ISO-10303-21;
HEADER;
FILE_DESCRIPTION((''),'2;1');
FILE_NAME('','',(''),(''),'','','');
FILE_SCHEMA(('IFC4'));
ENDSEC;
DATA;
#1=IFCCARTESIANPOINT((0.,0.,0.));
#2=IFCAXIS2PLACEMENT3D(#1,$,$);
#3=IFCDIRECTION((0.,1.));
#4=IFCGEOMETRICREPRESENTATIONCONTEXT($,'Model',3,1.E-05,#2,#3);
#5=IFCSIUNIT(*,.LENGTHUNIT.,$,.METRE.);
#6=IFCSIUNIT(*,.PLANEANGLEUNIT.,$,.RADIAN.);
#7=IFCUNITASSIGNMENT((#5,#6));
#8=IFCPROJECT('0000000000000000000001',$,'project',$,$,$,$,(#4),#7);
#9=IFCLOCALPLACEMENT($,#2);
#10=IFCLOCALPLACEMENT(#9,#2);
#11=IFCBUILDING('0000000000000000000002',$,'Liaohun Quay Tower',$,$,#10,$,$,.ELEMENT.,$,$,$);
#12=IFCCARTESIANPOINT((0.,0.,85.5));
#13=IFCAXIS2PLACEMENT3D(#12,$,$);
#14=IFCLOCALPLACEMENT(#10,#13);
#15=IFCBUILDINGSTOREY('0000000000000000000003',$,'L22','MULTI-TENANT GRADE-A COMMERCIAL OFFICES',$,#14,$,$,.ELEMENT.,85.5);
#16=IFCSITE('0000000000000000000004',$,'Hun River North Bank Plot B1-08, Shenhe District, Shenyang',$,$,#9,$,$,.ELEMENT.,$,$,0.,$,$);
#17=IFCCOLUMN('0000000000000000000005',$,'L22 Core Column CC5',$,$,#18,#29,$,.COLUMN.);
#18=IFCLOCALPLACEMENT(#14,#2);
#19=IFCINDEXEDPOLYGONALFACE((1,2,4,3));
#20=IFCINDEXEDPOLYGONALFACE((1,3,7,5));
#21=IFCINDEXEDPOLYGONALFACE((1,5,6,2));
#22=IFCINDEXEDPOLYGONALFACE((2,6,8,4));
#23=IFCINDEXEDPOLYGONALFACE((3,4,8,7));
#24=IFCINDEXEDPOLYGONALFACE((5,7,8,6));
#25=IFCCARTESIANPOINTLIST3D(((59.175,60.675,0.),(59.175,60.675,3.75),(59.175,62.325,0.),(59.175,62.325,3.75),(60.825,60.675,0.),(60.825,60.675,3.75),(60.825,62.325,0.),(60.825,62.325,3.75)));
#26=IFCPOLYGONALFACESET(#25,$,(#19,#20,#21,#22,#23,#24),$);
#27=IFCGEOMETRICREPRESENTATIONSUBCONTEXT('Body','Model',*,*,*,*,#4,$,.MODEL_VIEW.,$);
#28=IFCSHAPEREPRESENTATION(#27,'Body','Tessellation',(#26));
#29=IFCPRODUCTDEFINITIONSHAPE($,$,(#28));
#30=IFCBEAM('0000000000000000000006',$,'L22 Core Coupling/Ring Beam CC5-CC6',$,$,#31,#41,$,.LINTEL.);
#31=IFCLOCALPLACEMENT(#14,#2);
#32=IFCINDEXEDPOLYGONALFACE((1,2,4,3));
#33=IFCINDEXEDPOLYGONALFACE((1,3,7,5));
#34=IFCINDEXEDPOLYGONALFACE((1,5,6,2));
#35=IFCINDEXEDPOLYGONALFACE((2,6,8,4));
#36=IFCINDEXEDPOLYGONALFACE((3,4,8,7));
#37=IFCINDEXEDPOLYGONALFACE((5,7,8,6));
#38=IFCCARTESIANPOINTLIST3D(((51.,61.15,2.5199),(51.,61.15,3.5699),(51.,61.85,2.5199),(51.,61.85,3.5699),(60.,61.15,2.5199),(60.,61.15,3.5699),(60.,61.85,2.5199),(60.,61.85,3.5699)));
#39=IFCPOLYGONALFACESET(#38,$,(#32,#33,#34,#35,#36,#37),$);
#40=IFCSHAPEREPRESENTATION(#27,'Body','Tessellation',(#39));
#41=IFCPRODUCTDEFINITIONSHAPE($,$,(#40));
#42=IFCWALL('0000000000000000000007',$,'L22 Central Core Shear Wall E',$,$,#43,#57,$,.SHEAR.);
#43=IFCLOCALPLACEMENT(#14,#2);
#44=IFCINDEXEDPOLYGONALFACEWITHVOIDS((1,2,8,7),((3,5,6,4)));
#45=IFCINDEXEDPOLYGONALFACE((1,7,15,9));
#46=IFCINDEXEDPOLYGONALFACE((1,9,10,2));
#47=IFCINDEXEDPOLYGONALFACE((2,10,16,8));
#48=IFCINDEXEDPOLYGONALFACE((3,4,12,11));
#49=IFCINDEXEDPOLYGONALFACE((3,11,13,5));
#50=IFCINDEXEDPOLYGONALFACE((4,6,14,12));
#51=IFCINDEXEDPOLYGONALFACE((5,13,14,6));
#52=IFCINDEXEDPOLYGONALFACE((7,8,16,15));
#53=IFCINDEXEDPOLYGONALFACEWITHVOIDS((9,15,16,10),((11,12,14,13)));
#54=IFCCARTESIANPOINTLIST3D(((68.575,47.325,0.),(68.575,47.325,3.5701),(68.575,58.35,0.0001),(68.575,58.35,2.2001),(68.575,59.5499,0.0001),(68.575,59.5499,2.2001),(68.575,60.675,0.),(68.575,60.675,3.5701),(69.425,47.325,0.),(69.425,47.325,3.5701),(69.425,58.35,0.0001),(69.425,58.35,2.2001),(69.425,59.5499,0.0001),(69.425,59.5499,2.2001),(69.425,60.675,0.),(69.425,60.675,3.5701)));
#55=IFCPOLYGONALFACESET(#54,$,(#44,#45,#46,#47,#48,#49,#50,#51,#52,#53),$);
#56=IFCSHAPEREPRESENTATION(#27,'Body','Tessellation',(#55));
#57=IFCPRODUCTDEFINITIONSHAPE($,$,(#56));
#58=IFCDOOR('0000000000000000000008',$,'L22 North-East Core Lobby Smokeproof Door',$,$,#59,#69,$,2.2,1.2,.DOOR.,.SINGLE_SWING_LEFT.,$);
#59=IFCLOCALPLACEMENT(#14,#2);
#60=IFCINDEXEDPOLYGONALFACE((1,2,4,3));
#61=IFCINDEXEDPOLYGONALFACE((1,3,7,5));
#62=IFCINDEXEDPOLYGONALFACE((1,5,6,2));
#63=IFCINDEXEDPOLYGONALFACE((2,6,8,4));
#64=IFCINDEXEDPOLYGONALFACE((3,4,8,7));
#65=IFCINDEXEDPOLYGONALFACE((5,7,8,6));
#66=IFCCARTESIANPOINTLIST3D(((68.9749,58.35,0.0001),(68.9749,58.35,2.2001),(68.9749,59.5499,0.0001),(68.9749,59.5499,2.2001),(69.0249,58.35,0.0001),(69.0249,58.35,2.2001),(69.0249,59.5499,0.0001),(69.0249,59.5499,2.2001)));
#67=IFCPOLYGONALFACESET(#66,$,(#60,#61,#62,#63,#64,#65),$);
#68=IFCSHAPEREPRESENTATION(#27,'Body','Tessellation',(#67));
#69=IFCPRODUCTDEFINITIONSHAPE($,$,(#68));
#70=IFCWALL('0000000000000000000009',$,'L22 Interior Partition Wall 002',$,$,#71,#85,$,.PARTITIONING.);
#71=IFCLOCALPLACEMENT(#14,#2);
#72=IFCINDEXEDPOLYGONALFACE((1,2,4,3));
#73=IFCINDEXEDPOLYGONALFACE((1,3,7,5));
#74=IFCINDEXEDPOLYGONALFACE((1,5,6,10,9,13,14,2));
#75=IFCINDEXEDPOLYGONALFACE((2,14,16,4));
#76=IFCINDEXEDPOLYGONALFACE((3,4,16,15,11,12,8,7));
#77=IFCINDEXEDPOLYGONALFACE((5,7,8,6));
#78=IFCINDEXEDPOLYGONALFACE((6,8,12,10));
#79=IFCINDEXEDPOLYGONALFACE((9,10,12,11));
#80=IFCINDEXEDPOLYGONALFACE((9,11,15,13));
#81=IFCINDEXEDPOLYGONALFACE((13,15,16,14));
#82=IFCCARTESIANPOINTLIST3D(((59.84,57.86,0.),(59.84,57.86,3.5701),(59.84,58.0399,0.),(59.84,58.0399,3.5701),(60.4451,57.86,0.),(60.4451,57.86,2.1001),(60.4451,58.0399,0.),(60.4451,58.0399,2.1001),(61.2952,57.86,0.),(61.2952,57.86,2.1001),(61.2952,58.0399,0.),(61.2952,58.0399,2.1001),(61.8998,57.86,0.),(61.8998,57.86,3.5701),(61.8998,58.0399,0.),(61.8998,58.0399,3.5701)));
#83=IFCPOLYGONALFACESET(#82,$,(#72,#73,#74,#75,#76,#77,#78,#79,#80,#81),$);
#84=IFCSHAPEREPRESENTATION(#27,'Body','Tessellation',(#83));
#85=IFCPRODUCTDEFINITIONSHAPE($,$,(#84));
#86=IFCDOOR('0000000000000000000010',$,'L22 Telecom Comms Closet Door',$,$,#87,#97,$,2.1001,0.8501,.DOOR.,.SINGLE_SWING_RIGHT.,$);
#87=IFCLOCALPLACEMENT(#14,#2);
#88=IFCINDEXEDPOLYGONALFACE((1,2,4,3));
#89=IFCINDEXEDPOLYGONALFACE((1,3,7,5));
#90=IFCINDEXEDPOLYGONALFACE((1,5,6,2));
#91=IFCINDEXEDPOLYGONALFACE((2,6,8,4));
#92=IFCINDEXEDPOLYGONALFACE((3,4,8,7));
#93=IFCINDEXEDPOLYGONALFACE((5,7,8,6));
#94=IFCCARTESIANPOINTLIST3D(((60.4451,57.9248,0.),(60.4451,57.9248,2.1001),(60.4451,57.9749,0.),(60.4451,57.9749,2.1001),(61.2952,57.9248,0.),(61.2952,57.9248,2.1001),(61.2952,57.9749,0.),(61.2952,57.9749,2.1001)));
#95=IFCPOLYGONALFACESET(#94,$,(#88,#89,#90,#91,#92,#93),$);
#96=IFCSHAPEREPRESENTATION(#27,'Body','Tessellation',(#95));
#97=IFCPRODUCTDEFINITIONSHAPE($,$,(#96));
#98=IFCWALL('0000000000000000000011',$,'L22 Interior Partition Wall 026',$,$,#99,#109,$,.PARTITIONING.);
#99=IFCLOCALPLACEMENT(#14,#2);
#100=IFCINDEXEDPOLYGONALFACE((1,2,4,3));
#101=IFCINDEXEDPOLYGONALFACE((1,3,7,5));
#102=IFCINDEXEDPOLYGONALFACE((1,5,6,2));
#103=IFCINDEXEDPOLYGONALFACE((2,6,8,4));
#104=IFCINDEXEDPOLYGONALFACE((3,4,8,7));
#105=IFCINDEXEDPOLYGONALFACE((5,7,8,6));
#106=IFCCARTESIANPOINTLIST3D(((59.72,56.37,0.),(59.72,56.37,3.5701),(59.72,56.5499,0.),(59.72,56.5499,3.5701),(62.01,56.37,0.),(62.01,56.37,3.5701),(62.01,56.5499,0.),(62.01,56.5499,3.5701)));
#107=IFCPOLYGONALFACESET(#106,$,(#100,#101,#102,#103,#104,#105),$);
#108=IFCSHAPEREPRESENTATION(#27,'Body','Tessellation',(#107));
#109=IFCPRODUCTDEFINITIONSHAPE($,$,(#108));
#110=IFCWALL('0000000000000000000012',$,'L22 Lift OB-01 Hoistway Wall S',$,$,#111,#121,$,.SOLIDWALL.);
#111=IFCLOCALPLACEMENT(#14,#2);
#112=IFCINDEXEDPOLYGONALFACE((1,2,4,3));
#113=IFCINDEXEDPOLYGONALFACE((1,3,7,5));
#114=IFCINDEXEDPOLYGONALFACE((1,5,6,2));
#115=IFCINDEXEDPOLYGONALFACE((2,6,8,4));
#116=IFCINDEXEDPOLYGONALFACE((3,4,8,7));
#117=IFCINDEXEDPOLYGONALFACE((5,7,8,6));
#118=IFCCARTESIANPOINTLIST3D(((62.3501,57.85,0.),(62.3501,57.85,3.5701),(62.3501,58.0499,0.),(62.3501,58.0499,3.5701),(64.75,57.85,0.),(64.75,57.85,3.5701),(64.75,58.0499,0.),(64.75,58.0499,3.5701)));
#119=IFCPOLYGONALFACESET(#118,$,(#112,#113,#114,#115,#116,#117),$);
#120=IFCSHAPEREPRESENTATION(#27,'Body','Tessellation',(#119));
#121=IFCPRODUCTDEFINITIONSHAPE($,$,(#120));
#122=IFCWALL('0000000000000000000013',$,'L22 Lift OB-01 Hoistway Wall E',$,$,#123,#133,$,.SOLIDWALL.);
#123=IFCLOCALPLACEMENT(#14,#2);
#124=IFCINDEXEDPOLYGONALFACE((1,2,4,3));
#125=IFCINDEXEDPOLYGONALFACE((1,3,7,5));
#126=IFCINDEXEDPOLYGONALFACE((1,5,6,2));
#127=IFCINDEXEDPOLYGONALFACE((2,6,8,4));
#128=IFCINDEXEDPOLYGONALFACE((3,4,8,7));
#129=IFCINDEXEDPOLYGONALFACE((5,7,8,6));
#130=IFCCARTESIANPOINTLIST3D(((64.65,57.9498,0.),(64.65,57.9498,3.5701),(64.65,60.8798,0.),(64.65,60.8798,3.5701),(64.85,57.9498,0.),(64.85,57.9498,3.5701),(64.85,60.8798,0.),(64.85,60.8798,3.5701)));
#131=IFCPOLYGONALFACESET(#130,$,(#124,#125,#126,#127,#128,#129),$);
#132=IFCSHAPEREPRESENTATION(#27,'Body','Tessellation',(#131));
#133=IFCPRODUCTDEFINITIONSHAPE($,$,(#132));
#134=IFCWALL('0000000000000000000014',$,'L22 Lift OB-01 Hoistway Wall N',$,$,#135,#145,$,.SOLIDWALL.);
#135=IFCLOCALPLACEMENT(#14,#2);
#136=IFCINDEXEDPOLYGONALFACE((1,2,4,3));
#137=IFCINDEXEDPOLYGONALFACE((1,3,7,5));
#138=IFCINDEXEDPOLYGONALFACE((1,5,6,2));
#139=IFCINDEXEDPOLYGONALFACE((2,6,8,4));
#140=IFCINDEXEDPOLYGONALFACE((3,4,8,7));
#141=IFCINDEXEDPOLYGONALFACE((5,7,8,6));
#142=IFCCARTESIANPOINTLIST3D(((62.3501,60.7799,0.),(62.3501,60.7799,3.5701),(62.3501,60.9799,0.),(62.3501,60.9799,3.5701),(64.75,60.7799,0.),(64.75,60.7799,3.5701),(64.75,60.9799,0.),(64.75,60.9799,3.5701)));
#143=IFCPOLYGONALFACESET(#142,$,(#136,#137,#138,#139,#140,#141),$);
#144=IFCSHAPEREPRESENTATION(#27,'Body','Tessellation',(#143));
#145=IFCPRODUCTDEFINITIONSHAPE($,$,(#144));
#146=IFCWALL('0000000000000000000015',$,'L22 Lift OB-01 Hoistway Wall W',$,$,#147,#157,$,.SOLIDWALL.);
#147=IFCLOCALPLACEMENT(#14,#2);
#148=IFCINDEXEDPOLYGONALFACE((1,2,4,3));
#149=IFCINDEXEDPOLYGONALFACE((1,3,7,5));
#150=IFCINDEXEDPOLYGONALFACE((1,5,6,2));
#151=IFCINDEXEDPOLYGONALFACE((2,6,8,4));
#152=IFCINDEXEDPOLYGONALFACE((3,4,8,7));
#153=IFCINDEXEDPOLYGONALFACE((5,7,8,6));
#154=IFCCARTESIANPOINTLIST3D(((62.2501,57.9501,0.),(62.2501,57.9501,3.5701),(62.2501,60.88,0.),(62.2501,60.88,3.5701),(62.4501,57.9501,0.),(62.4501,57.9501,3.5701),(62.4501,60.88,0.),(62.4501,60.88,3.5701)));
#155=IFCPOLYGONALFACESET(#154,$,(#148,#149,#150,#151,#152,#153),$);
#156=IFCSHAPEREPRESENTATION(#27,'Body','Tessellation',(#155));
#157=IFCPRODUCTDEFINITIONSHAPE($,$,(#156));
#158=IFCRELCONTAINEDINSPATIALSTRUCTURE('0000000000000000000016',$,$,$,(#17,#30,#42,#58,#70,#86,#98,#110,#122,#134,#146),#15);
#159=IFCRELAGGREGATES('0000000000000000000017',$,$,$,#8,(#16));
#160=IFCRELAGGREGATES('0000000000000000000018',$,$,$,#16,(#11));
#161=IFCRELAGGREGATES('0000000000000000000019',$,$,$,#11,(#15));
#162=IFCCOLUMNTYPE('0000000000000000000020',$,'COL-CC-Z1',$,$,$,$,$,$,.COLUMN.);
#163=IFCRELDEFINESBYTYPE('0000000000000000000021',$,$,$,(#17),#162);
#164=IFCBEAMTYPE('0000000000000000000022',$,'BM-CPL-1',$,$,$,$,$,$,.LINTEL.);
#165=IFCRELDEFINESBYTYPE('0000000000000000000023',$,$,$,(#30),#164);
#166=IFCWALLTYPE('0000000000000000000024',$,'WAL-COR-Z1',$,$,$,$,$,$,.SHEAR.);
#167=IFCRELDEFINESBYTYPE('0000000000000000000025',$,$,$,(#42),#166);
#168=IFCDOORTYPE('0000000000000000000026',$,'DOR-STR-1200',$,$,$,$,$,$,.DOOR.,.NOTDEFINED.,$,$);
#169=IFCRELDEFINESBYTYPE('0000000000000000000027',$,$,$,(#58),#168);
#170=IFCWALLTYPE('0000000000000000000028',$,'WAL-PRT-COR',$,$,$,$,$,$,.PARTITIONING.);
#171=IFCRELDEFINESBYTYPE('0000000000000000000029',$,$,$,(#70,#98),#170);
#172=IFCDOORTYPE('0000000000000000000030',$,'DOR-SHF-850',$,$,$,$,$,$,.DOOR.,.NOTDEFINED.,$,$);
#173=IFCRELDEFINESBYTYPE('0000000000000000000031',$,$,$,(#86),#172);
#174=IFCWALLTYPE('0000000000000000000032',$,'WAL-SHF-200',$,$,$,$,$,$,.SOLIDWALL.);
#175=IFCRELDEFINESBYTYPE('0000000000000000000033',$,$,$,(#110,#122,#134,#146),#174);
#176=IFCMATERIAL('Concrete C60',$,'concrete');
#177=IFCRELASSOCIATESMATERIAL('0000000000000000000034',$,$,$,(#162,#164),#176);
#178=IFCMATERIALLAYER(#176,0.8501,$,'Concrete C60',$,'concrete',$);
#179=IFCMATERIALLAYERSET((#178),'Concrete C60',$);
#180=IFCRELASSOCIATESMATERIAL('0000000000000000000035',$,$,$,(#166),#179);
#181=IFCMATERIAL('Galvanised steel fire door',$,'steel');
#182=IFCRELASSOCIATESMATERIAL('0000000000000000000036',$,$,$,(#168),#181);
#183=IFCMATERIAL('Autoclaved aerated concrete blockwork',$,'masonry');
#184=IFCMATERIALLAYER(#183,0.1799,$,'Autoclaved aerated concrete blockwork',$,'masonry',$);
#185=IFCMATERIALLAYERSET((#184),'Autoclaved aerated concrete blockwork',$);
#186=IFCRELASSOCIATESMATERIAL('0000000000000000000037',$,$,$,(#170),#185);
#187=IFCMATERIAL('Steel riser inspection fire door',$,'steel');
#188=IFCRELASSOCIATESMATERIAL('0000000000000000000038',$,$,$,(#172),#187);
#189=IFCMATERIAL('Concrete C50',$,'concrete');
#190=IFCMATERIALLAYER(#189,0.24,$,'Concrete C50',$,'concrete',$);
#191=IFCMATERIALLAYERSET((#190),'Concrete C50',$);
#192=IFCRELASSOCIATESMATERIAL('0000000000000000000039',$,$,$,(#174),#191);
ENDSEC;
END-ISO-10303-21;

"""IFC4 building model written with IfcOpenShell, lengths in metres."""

from ifc_helpers import new_model, si_unit, direction, frame, frame_2d, origin, origin_2d, place, context, subcontext, project, spatial, rectangle, extrude, source, transform, mapped, material, layer, layer_set, material_profile, profile_set, type_object, element, fill, save


model = new_model("IFC4")

# Units and contexts
model_context = context("Model", 3, precision=1e-05, world=origin(), true_north=direction((0.0, 1.0)))
body_context = subcontext(model_context, "Body", "Model", "MODEL_VIEW")
ifc_project = project(units=[si_unit("LENGTHUNIT", "METRE"), si_unit("PLANEANGLEUNIT", "RADIAN")], contexts=[model_context])

# Site, building, storey
site_placement = place(None, origin())
site = spatial("IfcSite", under=ifc_project, at=site_placement, Name="Hun River North Bank Plot B1-08, Shenhe District, Shenyang", CompositionType="ELEMENT", RefElevation=0.0)
building_placement = place(site_placement, origin())
building = spatial("IfcBuilding", under=site, at=building_placement, Name="Liaohun Quay Tower", CompositionType="ELEMENT")
storey_placement = place(building_placement, frame((0.0, 0.0, 85.5)))
storey = spatial("IfcBuildingStorey", under=building, at=storey_placement, Name="L22", Description="MULTI-TENANT GRADE-A COMMERCIAL OFFICES", CompositionType="ELEMENT", Elevation=85.5)

# Column
ifc_material_1 = material(Name="Concrete C60", Category="concrete")
ifc_material_profile_1 = material_profile(ifc_material_1, rectangle(XDim=1.6499, YDim=1.6499, at=origin_2d()), Name="RC1650x1650")
ifc_profile_set_1 = profile_set([ifc_material_profile_1], Name="Concrete C60")
column_type = type_object("IfcColumnType", Name="COL-CC-Z1", PredefinedType="COLUMN", material=ifc_profile_set_1)
shared_shape_1 = source(origin(), body_context, "Body", "SweptSolid", [
    extrude(rectangle(XDim=1.6499, YDim=1.6499, at=origin_2d()), origin(), (0.0, 0.0, 1.0), 3.75),
])
column_placement = place(storey_placement, frame((60.0, 61.5, 0.0), z_axis=(0.0, 0.0, 1.0), x_axis=(1.0, 0.0, 0.0)))
element("IfcColumn", 1, at=column_placement, inside=storey, type_object=column_type, Name="L22 Core Column CC5", PredefinedType="COLUMN", context=body_context, shape_type="MappedRepresentation", body=[
    mapped(shared_shape_1, transform((0.0, 0.0, 0.0), x_axis=(1.0, 0.0, 0.0), y_axis=(0.0, 1.0, 0.0), z_axis=(0.0, 0.0, 1.0), scale=1.0)),
])

# Beam
ifc_material_profile_2 = material_profile(ifc_material_1, rectangle(XDim=0.7, YDim=1.05, at=origin_2d()), Name="RC700x1050")
ifc_profile_set_2 = profile_set([ifc_material_profile_2], Name="Concrete C60")
beam_type = type_object("IfcBeamType", Name="BM-CPL-1", PredefinedType="LINTEL", material=ifc_profile_set_2)
shared_shape_2 = source(origin(), body_context, "Body", "SweptSolid", [
    extrude(rectangle(XDim=0.7, YDim=1.05, at=origin_2d()), origin(), (0.0, 0.0, 1.0), 9.0),
])
beam_placement = place(storey_placement, frame((60.0, 61.5, 3.0449), z_axis=(-1.0, 0.0, 0.0), x_axis=(0.0, -1.0, 0.0)))
element("IfcBeam", 2, at=beam_placement, inside=storey, type_object=beam_type, Name="L22 Core Coupling/Ring Beam CC5-CC6", PredefinedType="LINTEL", context=body_context, shape_type="MappedRepresentation", body=[
    mapped(shared_shape_2, transform((0.0, 0.0, 0.0), x_axis=(1.0, 0.0, 0.0), y_axis=(0.0, 1.0, 0.0), z_axis=(0.0, 0.0, 1.0), scale=1.0)),
])

# Walls, openings, doors
ifc_layer_1 = layer(ifc_material_1, 0.8501, Name="Concrete C60", Category="concrete")
ifc_layer_set_1 = layer_set([ifc_layer_1], Name="Concrete C60")
wall_type_1 = type_object("IfcWallType", Name="WAL-COR-Z1", PredefinedType="SHEAR", material=ifc_layer_set_1)
wall_1_placement = place(storey_placement, frame((69.0, 60.675, 0.0), z_axis=(0.0, 0.0, 1.0), x_axis=(0.0, -1.0, 0.0)))
wall_1 = element("IfcWall", 3, at=wall_1_placement, inside=storey, type_object=wall_type_1, Name="L22 Central Core Shear Wall E", PredefinedType="SHEAR", context=body_context, shape_type="SweptSolid", body=[
    extrude(rectangle(XDim=13.3501, YDim=0.8501, at=frame_2d((6.675, 0.0))), origin(), (0.0, 0.0, 1.0), 3.5701),
])
shared_shape_3 = source(origin(), body_context, "Body", "SweptSolid", [
    extrude(rectangle(XDim=1.2, YDim=2.2, at=frame_2d((0.6001, 1.1001))), frame((0.0, 0.4351, 0.0), z_axis=(0.0, -1.0, 0.0), x_axis=(1.0, 0.0, 0.0)), (0.0, 0.0, 1.0), 0.8701),
])
opening_1_placement = place(wall_1_placement, frame((1.125, 0.0, 0.0)))
opening_1 = element("IfcOpeningElement", 4, at=opening_1_placement, cuts=wall_1, PredefinedType="OPENING", context=body_context, shape_type="MappedRepresentation", body=[
    mapped(shared_shape_3, transform((0.0, 0.0, 0.0), x_axis=(1.0, 0.0, 0.0), y_axis=(0.0, 1.0, 0.0), z_axis=(0.0, 0.0, 1.0), scale=1.0)),
])
ifc_material_2 = material(Name="Galvanised steel fire door", Category="steel")
door_type_1 = type_object("IfcDoorType", Name="DOR-STR-1200", OperationType="NOTDEFINED", PredefinedType="DOOR", material=ifc_material_2)
shared_shape_4 = source(origin(), body_context, "Body", "SweptSolid", [
    extrude(rectangle(XDim=1.2, YDim=2.2, at=frame_2d((0.6001, 1.1001))), frame((0.0, 0.0249, 0.0), z_axis=(0.0, -1.0, 0.0), x_axis=(1.0, 0.0, 0.0)), (0.0, 0.0, 1.0), 0.05),
])
door_1_placement = place(opening_1_placement, origin())
door_1 = element("IfcDoor", 5, at=door_1_placement, inside=storey, type_object=door_type_1, Name="L22 North-East Core Lobby Smokeproof Door", OperationType="SINGLE_SWING_LEFT", OverallHeight=2.2, OverallWidth=1.2, PredefinedType="DOOR", context=body_context, shape_type="MappedRepresentation", body=[
    mapped(shared_shape_4, transform((0.0, 0.0, 0.0), x_axis=(1.0, 0.0, 0.0), y_axis=(0.0, 1.0, 0.0), z_axis=(0.0, 0.0, 1.0), scale=1.0)),
])
fill(opening_1, door_1)
ifc_material_3 = material(Name="Autoclaved aerated concrete blockwork", Category="masonry")
ifc_layer_2 = layer(ifc_material_3, 0.1799, Name="Autoclaved aerated concrete blockwork", Category="masonry")
ifc_layer_set_2 = layer_set([ifc_layer_2], Name="Autoclaved aerated concrete blockwork")
wall_type_2 = type_object("IfcWallType", Name="WAL-PRT-COR", PredefinedType="PARTITIONING", material=ifc_layer_set_2)
wall_2_placement = place(storey_placement, frame((59.8401, 57.95, 0.0), z_axis=(0.0, 0.0, 1.0), x_axis=(1.0, 0.0, 0.0)))
wall_2 = element("IfcWall", 6, at=wall_2_placement, inside=storey, type_object=wall_type_2, Name="L22 Interior Partition Wall 002", PredefinedType="PARTITIONING", context=body_context, shape_type="SweptSolid", body=[
    extrude(rectangle(XDim=2.0598, YDim=0.1799, at=frame_2d((1.0298, 0.0))), origin(), (0.0, 0.0, 1.0), 3.5701),
])
shared_shape_5 = source(origin(), body_context, "Body", "SweptSolid", [
    extrude(rectangle(XDim=0.8501, YDim=2.1001, at=frame_2d((0.425, 1.05))), frame((0.0, 0.0999, 0.0), z_axis=(0.0, -1.0, 0.0), x_axis=(1.0, 0.0, 0.0)), (0.0, 0.0, 1.0), 0.2),
])
opening_2_placement = place(wall_2_placement, frame((0.605, 0.0, 0.0)))
opening_2 = element("IfcOpeningElement", 7, at=opening_2_placement, cuts=wall_2, PredefinedType="OPENING", context=body_context, shape_type="MappedRepresentation", body=[
    mapped(shared_shape_5, transform((0.0, 0.0, 0.0), x_axis=(1.0, 0.0, 0.0), y_axis=(0.0, 1.0, 0.0), z_axis=(0.0, 0.0, 1.0), scale=1.0)),
])
ifc_material_4 = material(Name="Steel riser inspection fire door", Category="steel")
door_type_2 = type_object("IfcDoorType", Name="DOR-SHF-850", OperationType="NOTDEFINED", PredefinedType="DOOR", material=ifc_material_4)
shared_shape_6 = source(origin(), body_context, "Body", "SweptSolid", [
    extrude(rectangle(XDim=0.8501, YDim=2.1001, at=frame_2d((0.425, 1.05))), frame((0.0, 0.0249, 0.0), z_axis=(0.0, -1.0, 0.0), x_axis=(1.0, 0.0, 0.0)), (0.0, 0.0, 1.0), 0.05),
])
door_2_placement = place(opening_2_placement, origin())
door_2 = element("IfcDoor", 8, at=door_2_placement, inside=storey, type_object=door_type_2, Name="L22 Telecom Comms Closet Door", OperationType="SINGLE_SWING_RIGHT", OverallHeight=2.1001, OverallWidth=0.8501, PredefinedType="DOOR", context=body_context, shape_type="MappedRepresentation", body=[
    mapped(shared_shape_6, transform((0.0, 0.0, 0.0), x_axis=(1.0, 0.0, 0.0), y_axis=(0.0, 1.0, 0.0), z_axis=(0.0, 0.0, 1.0), scale=1.0)),
])
fill(opening_2, door_2)

# Walls
wall_3_placement = place(storey_placement, frame((59.72, 56.46, 0.0), z_axis=(0.0, 0.0, 1.0), x_axis=(1.0, 0.0, 0.0)))
element("IfcWall", 9, at=wall_3_placement, inside=storey, type_object=wall_type_2, Name="L22 Interior Partition Wall 026", PredefinedType="PARTITIONING", context=body_context, shape_type="SweptSolid", body=[
    extrude(rectangle(XDim=2.29, YDim=0.1799, at=frame_2d((1.145, 0.0))), origin(), (0.0, 0.0, 1.0), 3.5701),
])
ifc_material_5 = material(Name="Concrete C50", Category="concrete")
ifc_layer_3 = layer(ifc_material_5, 0.24, Name="Concrete C50", Category="concrete")
ifc_layer_set_3 = layer_set([ifc_layer_3], Name="Concrete C50")
wall_type_3 = type_object("IfcWallType", Name="WAL-SHF-200", PredefinedType="SOLIDWALL", material=ifc_layer_set_3)
wall_4_placement = place(storey_placement, frame((62.3501, 57.95, 0.0), z_axis=(0.0, 0.0, 1.0), x_axis=(1.0, 0.0, 0.0)))
element("IfcWall", 10, at=wall_4_placement, inside=storey, type_object=wall_type_3, Name="L22 Lift OB-01 Hoistway Wall S", PredefinedType="SOLIDWALL", context=body_context, shape_type="SweptSolid", body=[
    extrude(rectangle(XDim=2.3999, YDim=0.2, at=frame_2d((1.2, 0.0))), origin(), (0.0, 0.0, 1.0), 3.5701),
])
wall_5_placement = place(storey_placement, frame((64.75, 57.95, 0.0), z_axis=(0.0, 0.0, 1.0), x_axis=(0.0, 1.0, 0.0)))
element("IfcWall", 11, at=wall_5_placement, inside=storey, type_object=wall_type_3, Name="L22 Lift OB-01 Hoistway Wall E", PredefinedType="SOLIDWALL", context=body_context, shape_type="SweptSolid", body=[
    extrude(rectangle(XDim=2.9299, YDim=0.2, at=frame_2d((1.4648, 0.0))), origin(), (0.0, 0.0, 1.0), 3.5701),
])
wall_6_placement = place(storey_placement, frame((64.75, 60.8799, 0.0), z_axis=(0.0, 0.0, 1.0), x_axis=(-1.0, 0.0, 0.0)))
element("IfcWall", 12, at=wall_6_placement, inside=storey, type_object=wall_type_3, Name="L22 Lift OB-01 Hoistway Wall N", PredefinedType="SOLIDWALL", context=body_context, shape_type="SweptSolid", body=[
    extrude(rectangle(XDim=2.3999, YDim=0.2, at=frame_2d((1.2, 0.0))), origin(), (0.0, 0.0, 1.0), 3.5701),
])
wall_7_placement = place(storey_placement, frame((62.3501, 60.8799, 0.0), z_axis=(0.0, 0.0, 1.0), x_axis=(0.0, -1.0, 0.0)))
element("IfcWall", 13, at=wall_7_placement, inside=storey, type_object=wall_type_3, Name="L22 Lift OB-01 Hoistway Wall W", PredefinedType="SOLIDWALL", context=body_context, shape_type="SweptSolid", body=[
    extrude(rectangle(XDim=2.9299, YDim=0.2, at=frame_2d((1.4648, 0.0))), origin(), (0.0, 0.0, 1.0), 3.5701),
])

save(model, "model.ifc")
